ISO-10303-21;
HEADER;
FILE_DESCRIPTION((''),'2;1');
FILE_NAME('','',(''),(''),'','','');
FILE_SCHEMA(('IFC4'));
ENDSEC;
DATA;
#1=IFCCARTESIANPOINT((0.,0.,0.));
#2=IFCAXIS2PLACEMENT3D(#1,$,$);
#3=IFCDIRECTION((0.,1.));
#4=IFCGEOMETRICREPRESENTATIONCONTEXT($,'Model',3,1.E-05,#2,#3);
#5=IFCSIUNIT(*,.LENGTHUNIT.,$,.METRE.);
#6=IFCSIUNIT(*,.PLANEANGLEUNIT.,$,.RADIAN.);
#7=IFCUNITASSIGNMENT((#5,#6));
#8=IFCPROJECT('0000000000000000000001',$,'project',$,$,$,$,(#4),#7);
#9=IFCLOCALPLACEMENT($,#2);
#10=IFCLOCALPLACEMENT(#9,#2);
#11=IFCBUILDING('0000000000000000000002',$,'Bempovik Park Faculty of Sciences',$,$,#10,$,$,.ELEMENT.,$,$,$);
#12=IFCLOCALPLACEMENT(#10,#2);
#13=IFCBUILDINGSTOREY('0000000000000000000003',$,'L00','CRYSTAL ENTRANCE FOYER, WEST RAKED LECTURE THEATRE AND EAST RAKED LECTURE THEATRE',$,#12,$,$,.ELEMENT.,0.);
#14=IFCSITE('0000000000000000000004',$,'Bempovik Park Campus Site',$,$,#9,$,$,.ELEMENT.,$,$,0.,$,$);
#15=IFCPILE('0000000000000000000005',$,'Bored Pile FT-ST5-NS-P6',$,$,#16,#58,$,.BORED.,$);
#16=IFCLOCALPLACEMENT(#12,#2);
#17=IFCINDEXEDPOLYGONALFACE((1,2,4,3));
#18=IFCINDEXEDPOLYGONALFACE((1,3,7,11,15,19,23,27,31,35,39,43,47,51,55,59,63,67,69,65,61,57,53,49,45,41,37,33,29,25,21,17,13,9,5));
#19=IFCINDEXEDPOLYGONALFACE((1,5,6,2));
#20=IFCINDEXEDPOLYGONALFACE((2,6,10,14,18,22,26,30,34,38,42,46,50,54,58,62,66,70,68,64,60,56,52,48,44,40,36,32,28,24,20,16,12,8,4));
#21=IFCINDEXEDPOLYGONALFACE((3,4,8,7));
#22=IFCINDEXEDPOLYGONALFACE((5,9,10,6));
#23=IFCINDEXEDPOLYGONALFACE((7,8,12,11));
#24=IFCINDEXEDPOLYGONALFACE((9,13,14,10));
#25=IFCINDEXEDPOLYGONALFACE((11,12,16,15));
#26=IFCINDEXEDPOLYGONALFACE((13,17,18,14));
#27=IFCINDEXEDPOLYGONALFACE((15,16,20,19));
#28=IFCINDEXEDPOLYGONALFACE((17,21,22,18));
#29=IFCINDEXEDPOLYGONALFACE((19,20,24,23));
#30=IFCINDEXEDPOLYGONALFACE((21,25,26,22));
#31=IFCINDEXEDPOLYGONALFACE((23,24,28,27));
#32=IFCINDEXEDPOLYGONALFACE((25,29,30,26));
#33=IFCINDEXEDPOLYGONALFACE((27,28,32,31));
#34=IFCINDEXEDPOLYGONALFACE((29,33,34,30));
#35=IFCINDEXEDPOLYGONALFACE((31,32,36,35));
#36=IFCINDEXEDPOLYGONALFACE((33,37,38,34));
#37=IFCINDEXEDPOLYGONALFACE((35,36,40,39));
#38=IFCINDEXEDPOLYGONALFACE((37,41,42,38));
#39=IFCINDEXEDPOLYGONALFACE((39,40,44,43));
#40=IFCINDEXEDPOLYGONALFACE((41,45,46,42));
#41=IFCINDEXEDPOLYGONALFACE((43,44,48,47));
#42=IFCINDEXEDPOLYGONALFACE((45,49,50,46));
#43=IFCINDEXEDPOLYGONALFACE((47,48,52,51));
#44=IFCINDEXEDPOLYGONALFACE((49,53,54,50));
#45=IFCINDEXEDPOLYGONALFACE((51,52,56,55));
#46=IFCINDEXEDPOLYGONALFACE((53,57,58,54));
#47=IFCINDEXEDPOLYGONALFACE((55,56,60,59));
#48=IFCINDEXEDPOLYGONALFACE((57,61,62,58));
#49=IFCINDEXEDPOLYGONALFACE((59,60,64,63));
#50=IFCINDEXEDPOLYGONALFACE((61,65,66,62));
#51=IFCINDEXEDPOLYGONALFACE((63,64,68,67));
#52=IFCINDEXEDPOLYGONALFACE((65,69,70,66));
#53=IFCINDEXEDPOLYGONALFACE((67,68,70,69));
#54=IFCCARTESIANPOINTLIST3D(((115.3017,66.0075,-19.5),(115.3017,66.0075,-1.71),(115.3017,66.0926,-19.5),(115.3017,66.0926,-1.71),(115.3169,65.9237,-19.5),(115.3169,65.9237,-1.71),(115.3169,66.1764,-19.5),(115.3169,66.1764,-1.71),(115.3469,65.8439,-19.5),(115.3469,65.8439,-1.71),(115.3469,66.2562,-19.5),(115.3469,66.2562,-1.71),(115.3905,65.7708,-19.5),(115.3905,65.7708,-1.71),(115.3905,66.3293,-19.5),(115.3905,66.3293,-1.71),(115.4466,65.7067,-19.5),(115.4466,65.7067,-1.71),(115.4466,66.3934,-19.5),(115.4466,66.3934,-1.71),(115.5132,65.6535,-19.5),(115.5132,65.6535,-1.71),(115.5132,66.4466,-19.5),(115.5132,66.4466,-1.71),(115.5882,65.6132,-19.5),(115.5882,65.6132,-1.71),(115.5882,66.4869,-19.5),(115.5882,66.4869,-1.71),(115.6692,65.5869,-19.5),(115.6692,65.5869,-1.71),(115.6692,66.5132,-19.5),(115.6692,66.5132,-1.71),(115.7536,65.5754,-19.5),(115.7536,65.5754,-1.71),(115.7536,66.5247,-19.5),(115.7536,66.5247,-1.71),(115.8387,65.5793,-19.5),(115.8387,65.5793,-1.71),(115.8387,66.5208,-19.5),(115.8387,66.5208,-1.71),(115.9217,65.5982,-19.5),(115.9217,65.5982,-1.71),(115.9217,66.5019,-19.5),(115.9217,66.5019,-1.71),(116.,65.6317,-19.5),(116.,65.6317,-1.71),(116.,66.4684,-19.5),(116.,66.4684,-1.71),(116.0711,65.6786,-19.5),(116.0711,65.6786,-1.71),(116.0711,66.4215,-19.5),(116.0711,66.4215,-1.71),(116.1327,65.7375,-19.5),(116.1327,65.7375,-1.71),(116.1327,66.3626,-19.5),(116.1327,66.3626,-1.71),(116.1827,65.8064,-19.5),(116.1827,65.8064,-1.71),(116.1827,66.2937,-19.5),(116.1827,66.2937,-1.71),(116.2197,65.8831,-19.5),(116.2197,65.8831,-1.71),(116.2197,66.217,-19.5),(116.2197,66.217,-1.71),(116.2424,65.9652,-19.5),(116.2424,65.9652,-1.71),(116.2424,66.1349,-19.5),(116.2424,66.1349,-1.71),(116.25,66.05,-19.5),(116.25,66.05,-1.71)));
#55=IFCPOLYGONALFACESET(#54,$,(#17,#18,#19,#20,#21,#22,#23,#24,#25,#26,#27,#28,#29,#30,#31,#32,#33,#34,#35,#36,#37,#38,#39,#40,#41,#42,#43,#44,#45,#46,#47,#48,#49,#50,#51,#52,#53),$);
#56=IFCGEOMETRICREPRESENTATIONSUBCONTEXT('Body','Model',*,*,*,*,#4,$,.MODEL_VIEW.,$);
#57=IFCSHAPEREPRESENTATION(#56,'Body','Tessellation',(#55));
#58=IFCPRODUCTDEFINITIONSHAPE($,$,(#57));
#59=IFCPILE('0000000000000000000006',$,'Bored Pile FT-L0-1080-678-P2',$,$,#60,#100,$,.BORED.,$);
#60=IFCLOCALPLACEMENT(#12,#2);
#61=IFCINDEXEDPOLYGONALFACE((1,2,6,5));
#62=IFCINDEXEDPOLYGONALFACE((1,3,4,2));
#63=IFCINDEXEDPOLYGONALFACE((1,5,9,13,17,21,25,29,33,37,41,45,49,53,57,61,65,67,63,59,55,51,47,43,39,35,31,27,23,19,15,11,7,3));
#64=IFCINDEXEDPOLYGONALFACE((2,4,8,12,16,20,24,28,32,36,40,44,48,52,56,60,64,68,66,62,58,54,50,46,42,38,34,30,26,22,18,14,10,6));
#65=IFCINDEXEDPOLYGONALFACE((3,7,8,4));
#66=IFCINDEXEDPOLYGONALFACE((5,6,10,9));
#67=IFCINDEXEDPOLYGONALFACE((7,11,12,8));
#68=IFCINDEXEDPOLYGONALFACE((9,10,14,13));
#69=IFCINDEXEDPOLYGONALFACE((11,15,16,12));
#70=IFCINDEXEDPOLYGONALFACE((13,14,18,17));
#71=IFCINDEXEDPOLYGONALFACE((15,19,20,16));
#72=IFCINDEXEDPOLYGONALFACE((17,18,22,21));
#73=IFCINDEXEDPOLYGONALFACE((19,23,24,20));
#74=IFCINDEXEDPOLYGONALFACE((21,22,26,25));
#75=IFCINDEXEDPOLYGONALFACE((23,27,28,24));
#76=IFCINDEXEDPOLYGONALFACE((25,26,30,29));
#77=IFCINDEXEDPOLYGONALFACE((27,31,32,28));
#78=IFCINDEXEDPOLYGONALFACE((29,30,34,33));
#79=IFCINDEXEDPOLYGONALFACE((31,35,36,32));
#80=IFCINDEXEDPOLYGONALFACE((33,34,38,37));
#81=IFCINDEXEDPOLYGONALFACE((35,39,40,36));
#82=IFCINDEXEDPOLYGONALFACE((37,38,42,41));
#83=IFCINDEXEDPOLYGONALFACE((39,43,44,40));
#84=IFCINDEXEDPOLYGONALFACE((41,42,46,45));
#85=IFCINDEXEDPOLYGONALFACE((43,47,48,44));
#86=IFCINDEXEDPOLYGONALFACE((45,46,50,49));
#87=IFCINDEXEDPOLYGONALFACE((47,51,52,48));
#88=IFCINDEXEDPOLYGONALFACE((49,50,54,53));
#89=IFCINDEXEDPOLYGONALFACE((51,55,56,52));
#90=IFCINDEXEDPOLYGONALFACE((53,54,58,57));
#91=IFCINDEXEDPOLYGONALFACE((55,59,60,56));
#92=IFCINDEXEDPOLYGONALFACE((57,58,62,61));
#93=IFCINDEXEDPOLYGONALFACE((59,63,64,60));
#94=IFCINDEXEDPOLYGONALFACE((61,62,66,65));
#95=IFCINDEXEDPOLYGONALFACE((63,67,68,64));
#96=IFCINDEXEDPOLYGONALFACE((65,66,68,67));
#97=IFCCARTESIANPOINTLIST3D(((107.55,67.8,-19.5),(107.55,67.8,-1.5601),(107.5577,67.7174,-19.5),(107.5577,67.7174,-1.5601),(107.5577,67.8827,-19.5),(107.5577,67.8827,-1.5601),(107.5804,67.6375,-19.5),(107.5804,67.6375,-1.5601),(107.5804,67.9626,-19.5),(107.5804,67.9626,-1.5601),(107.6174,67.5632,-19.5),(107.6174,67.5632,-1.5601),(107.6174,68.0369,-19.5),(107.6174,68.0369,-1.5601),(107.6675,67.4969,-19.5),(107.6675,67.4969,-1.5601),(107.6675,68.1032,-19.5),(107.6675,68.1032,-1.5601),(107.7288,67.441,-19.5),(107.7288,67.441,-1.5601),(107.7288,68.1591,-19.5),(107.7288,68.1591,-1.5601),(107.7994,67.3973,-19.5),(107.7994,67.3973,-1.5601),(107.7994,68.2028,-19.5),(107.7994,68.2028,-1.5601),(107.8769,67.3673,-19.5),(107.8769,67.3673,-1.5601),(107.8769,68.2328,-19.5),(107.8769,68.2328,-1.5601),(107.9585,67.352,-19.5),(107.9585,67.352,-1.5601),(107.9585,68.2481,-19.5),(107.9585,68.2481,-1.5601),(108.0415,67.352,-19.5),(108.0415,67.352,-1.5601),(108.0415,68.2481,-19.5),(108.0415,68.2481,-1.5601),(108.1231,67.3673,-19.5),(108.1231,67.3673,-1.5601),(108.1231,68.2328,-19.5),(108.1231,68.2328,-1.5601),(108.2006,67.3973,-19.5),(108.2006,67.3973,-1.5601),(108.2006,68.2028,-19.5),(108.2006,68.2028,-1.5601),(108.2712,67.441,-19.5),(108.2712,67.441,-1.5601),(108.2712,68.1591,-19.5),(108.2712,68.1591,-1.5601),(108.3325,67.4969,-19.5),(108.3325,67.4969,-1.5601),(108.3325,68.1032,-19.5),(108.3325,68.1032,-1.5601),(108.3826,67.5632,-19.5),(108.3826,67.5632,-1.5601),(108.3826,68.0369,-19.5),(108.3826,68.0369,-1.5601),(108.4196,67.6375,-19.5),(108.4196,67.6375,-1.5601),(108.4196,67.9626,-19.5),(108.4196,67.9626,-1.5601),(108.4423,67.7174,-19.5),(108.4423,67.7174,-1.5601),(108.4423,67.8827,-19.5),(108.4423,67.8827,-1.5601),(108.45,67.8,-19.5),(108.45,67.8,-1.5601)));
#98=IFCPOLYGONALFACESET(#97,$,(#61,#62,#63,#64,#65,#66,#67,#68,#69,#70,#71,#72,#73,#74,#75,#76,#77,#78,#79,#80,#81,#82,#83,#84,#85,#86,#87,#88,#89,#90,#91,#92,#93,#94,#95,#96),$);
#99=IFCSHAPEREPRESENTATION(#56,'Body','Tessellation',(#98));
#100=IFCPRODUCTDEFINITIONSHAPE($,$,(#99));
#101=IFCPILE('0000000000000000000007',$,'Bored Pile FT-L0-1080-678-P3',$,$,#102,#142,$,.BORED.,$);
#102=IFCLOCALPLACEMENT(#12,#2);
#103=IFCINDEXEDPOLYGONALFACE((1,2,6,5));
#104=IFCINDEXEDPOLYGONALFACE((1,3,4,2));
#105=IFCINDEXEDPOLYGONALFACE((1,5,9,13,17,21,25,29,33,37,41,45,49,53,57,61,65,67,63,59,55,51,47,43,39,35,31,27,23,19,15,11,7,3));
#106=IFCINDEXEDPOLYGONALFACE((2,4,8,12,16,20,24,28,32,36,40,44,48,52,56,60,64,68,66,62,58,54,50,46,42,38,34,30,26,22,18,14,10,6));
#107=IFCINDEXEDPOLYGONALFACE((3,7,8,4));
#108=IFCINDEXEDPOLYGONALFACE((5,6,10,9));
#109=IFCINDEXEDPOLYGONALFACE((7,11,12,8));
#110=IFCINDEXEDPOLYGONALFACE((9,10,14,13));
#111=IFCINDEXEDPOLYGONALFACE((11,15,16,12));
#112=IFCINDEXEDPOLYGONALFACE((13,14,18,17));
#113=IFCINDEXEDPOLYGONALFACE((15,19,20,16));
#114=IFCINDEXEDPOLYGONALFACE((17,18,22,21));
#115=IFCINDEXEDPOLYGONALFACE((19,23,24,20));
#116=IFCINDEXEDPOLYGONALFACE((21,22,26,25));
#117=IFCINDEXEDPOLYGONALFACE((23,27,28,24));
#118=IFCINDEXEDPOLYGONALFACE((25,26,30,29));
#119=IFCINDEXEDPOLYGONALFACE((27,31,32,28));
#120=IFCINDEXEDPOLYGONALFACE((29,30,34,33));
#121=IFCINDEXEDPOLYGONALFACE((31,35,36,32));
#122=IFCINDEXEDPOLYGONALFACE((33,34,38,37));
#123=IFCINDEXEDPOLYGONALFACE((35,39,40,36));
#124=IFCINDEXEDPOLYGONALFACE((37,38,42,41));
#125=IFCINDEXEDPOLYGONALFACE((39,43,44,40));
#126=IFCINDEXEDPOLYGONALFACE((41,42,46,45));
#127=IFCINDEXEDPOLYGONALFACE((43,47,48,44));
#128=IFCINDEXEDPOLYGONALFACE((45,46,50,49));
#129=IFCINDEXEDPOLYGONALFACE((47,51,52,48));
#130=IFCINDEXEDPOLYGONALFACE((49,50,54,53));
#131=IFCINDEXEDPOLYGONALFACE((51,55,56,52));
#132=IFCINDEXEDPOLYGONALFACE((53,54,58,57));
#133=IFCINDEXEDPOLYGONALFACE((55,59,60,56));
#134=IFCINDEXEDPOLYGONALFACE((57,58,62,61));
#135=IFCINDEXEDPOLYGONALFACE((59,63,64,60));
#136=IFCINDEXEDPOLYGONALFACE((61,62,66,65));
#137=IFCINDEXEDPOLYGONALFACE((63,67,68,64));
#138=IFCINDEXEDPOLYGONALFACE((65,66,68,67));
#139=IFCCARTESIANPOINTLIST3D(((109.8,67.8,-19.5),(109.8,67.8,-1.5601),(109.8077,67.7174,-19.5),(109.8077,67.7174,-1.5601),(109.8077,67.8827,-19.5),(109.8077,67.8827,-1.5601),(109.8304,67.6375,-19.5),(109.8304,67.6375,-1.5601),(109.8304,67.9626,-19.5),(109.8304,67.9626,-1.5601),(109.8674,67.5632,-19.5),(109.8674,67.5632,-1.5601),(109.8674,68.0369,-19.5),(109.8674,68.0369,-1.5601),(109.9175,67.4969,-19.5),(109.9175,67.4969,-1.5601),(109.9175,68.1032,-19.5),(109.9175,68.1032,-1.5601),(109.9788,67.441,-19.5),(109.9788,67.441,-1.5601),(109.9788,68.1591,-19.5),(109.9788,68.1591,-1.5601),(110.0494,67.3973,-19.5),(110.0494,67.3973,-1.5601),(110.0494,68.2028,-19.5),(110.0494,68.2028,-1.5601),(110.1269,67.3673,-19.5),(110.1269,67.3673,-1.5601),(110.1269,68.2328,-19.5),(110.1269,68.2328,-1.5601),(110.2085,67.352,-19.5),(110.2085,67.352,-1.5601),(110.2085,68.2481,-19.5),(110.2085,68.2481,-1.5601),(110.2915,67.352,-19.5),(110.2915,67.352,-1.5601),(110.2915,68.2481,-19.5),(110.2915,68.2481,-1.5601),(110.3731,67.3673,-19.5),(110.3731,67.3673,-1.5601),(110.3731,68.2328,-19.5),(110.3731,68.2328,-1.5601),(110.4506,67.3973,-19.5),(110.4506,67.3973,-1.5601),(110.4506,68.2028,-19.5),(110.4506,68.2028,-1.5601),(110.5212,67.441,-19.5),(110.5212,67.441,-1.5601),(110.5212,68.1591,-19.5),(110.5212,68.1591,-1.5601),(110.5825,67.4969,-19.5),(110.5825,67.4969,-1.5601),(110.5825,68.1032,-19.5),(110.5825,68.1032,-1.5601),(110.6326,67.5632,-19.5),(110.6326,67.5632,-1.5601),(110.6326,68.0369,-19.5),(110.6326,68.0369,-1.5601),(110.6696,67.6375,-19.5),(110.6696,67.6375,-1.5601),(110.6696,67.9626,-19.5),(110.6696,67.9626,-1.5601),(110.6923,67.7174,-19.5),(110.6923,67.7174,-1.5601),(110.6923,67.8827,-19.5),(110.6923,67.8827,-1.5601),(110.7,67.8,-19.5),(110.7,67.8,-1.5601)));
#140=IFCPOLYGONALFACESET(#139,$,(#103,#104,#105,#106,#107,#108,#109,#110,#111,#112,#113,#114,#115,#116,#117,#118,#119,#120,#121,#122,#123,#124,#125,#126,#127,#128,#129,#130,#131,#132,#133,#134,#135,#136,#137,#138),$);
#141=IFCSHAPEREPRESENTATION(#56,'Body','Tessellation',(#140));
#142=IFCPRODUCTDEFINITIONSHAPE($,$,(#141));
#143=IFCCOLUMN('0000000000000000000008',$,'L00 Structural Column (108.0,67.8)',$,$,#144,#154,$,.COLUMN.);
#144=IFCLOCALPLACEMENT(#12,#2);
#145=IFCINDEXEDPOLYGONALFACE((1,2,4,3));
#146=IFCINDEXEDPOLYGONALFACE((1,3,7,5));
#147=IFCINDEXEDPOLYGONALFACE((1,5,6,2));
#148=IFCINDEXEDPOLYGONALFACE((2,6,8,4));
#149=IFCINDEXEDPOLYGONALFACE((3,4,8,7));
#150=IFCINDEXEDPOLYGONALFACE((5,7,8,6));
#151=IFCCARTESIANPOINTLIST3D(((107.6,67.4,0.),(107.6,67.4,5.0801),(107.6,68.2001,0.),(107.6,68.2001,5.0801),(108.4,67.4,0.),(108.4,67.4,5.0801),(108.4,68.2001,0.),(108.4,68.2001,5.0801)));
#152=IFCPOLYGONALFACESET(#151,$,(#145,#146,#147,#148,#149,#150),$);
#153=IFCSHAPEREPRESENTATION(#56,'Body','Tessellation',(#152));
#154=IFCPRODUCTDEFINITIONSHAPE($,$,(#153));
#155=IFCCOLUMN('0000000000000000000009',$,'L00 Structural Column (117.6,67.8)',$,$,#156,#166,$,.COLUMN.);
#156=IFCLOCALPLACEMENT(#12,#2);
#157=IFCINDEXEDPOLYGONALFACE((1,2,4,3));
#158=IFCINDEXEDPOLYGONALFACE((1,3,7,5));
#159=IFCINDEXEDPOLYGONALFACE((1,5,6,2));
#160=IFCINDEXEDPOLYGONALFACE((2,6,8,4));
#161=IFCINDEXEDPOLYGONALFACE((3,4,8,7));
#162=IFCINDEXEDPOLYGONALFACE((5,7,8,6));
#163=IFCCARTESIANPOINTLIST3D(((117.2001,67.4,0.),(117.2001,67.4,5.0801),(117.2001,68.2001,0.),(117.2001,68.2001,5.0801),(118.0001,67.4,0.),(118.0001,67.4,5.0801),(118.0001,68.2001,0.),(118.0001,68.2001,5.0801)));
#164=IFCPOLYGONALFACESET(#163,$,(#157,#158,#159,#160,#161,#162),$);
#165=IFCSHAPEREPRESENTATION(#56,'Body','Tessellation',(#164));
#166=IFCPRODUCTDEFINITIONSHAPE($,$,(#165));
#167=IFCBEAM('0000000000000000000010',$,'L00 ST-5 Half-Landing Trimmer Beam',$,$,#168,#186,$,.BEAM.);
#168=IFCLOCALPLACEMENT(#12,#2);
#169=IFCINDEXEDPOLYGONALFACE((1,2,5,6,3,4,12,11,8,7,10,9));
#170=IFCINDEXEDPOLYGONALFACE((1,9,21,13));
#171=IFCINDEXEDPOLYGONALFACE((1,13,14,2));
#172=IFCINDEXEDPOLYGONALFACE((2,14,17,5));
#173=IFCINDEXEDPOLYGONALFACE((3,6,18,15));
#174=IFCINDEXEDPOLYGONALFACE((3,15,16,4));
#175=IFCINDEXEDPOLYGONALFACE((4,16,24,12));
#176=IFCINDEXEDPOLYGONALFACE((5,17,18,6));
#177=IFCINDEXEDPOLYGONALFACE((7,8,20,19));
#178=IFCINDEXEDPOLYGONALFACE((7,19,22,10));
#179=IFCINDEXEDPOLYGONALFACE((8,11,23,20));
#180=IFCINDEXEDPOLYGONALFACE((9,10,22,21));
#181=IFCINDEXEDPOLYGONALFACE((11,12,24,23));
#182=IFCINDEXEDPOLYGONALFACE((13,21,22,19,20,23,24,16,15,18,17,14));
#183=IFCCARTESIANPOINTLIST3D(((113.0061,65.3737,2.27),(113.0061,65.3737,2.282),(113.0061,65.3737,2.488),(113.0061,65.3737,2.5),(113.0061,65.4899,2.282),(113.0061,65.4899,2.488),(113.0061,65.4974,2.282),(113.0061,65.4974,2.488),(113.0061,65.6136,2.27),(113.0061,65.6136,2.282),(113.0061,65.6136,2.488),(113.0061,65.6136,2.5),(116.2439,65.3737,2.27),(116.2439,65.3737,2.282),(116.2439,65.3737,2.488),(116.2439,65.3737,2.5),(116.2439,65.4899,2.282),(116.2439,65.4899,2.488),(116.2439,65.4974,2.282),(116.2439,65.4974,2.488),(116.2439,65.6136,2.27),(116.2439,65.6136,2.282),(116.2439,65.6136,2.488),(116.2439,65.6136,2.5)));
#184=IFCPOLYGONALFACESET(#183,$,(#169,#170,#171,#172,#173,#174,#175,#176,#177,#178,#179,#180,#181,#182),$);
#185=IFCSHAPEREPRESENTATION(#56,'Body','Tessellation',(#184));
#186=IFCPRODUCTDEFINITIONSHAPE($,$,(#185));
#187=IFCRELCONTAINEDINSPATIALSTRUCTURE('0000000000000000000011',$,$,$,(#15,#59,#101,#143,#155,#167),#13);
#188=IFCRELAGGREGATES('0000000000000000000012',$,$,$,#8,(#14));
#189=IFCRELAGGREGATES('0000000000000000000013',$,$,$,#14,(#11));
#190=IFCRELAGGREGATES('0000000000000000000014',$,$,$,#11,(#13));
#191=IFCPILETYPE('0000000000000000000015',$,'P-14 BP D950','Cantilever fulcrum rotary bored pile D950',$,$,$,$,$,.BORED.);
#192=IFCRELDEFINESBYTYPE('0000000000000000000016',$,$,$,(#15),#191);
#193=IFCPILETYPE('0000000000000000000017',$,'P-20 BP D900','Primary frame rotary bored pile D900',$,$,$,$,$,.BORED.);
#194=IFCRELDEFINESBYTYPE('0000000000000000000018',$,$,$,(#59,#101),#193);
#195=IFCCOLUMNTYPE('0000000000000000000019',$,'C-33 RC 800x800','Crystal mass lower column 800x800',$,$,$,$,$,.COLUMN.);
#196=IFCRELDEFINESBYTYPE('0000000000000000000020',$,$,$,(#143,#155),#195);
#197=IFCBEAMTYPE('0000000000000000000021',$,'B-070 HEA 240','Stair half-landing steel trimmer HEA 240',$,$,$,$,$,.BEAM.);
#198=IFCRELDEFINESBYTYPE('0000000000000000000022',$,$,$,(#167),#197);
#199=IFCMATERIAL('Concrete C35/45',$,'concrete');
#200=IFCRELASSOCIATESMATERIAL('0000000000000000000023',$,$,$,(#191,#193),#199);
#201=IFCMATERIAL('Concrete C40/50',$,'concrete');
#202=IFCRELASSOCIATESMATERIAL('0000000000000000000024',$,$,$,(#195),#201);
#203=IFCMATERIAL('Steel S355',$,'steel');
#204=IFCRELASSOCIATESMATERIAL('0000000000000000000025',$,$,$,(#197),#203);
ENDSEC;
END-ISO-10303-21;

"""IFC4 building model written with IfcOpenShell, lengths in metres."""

from ifc_helpers import new_model, si_unit, direction, frame, origin, origin_2d, place, context, subcontext, project, spatial, rectangle, circle, i_section, extrude, material, material_profile, profile_set, type_object, element, save


model = new_model("IFC4")

# Units and contexts
model_context = context("Model", 3, precision=1e-05, world=origin(), true_north=direction((0.0, 1.0)))
body_context = subcontext(model_context, "Body", "Model", "MODEL_VIEW")
ifc_project = project(units=[si_unit("LENGTHUNIT", "METRE"), si_unit("PLANEANGLEUNIT", "RADIAN")], contexts=[model_context])

# Site, building, storey
site_placement = place(None, origin())
site = spatial("IfcSite", under=ifc_project, at=site_placement, Name="Bempovik Park Campus Site", CompositionType="ELEMENT", RefElevation=0.0)
building_placement = place(site_placement, origin())
building = spatial("IfcBuilding", under=site, at=building_placement, Name="Bempovik Park Faculty of Sciences", CompositionType="ELEMENT")
storey_placement = place(building_placement, origin())
storey = spatial("IfcBuildingStorey", under=building, at=storey_placement, Name="L00", Description="CRYSTAL ENTRANCE FOYER, WEST RAKED LECTURE THEATRE AND EAST RAKED LECTURE THEATRE", CompositionType="ELEMENT", Elevation=0.0)

# Shared definitions
ifc_material_1 = material(Name="Concrete C35/45", Category="concrete")

# Piles
ifc_material_profile_1 = material_profile(ifc_material_1, circle(Radius=0.4751, at=origin_2d()), Name="BP D950")
ifc_profile_set_1 = profile_set([ifc_material_profile_1], Name="Concrete C35/45")
pile_type_1 = type_object("IfcPileType", Name="P-14 BP D950", Description="Cantilever fulcrum rotary bored pile D950", PredefinedType="BORED", material=ifc_profile_set_1)
for number, where, z_axis, x_axis, name in (
    (1, (115.7749, 66.05, -1.71), (0.0, 0.0, -1.0), (1.0, 0.0, 0.0), "Bored Pile FT-ST5-NS-P6"),
):
    element("IfcPile", number, at=place(storey_placement, frame(where, z_axis=z_axis, x_axis=x_axis)), inside=storey, type_object=pile_type_1, Name=name, PredefinedType="BORED", context=body_context, shape_type="SweptSolid", body=[
        extrude(circle(Radius=0.4751, at=origin_2d()), origin(), (0.0, 0.0, 1.0), 17.79),
    ])
ifc_material_profile_2 = material_profile(ifc_material_1, circle(Radius=0.45, at=origin_2d()), Name="BP D900")
ifc_profile_set_2 = profile_set([ifc_material_profile_2], Name="Concrete C35/45")
pile_type_2 = type_object("IfcPileType", Name="P-20 BP D900", Description="Primary frame rotary bored pile D900", PredefinedType="BORED", material=ifc_profile_set_2)
for number, where, z_axis, x_axis, name in (
    (2, (108.0, 67.8, -1.5601), (0.0, 0.0, -1.0), (1.0, 0.0, 0.0), "Bored Pile FT-L0-1080-678-P2"),
    (3, (110.25, 67.8, -1.5601), (0.0, 0.0, -1.0), (1.0, 0.0, 0.0), "Bored Pile FT-L0-1080-678-P3"),
):
    element("IfcPile", number, at=place(storey_placement, frame(where, z_axis=z_axis, x_axis=x_axis)), inside=storey, type_object=pile_type_2, Name=name, PredefinedType="BORED", context=body_context, shape_type="SweptSolid", body=[
        extrude(circle(Radius=0.45, at=origin_2d()), origin(), (0.0, 0.0, 1.0), 17.9399),
    ])

# Columns
ifc_material_2 = material(Name="Concrete C40/50", Category="concrete")
ifc_material_profile_3 = material_profile(ifc_material_2, rectangle(XDim=0.8, YDim=0.8, at=origin_2d()), Name="RC 800x800")
ifc_profile_set_3 = profile_set([ifc_material_profile_3], Name="Concrete C40/50")
column_type = type_object("IfcColumnType", Name="C-33 RC 800x800", Description="Crystal mass lower column 800x800", PredefinedType="COLUMN", material=ifc_profile_set_3)
for number, where, z_axis, x_axis, name in (
    (4, (108.0, 67.8, 0.0), (0.0, 0.0, 1.0), (1.0, 0.0, 0.0), "L00 Structural Column (108.0,67.8)"),
    (5, (117.6001, 67.8, 0.0), (0.0, 0.0, 1.0), (1.0, 0.0, 0.0), "L00 Structural Column (117.6,67.8)"),
):
    element("IfcColumn", number, at=place(storey_placement, frame(where, z_axis=z_axis, x_axis=x_axis)), inside=storey, type_object=column_type, Name=name, PredefinedType="COLUMN", context=body_context, shape_type="SweptSolid", body=[
        extrude(rectangle(XDim=0.8, YDim=0.8, at=origin_2d()), origin(), (0.0, 0.0, 1.0), 5.0801),
    ])

# Beam
ifc_material_3 = material(Name="Steel S355", Category="steel")
ifc_material_profile_4 = material_profile(ifc_material_3, i_section(OverallWidth=0.24, OverallDepth=0.23, WebThickness=0.0076, FlangeThickness=0.012, at=origin_2d()), Name="HEA 240")
ifc_profile_set_4 = profile_set([ifc_material_profile_4], Name="Steel S355")
beam_type_1 = type_object("IfcBeamType", Name="B-070 HEA 240", Description="Stair half-landing steel trimmer HEA 240", PredefinedType="BEAM", material=ifc_profile_set_4)
beam_1_placement = place(storey_placement, frame((113.0061, 65.4937, 2.385), z_axis=(1.0, 0.0, 0.0), x_axis=(0.0, 1.0, 0.0)))
element("IfcBeam", 6, at=beam_1_placement, inside=storey, type_object=beam_type_1, Name="L00 ST-5 Half-Landing Trimmer Beam", PredefinedType="BEAM", context=body_context, shape_type="SweptSolid", body=[
    extrude(i_section(OverallWidth=0.24, OverallDepth=0.23, WebThickness=0.0076, FlangeThickness=0.012, at=origin_2d()), origin(), (0.0, 0.0, 1.0), 3.2378),
])

save(model, "model.ifc")
